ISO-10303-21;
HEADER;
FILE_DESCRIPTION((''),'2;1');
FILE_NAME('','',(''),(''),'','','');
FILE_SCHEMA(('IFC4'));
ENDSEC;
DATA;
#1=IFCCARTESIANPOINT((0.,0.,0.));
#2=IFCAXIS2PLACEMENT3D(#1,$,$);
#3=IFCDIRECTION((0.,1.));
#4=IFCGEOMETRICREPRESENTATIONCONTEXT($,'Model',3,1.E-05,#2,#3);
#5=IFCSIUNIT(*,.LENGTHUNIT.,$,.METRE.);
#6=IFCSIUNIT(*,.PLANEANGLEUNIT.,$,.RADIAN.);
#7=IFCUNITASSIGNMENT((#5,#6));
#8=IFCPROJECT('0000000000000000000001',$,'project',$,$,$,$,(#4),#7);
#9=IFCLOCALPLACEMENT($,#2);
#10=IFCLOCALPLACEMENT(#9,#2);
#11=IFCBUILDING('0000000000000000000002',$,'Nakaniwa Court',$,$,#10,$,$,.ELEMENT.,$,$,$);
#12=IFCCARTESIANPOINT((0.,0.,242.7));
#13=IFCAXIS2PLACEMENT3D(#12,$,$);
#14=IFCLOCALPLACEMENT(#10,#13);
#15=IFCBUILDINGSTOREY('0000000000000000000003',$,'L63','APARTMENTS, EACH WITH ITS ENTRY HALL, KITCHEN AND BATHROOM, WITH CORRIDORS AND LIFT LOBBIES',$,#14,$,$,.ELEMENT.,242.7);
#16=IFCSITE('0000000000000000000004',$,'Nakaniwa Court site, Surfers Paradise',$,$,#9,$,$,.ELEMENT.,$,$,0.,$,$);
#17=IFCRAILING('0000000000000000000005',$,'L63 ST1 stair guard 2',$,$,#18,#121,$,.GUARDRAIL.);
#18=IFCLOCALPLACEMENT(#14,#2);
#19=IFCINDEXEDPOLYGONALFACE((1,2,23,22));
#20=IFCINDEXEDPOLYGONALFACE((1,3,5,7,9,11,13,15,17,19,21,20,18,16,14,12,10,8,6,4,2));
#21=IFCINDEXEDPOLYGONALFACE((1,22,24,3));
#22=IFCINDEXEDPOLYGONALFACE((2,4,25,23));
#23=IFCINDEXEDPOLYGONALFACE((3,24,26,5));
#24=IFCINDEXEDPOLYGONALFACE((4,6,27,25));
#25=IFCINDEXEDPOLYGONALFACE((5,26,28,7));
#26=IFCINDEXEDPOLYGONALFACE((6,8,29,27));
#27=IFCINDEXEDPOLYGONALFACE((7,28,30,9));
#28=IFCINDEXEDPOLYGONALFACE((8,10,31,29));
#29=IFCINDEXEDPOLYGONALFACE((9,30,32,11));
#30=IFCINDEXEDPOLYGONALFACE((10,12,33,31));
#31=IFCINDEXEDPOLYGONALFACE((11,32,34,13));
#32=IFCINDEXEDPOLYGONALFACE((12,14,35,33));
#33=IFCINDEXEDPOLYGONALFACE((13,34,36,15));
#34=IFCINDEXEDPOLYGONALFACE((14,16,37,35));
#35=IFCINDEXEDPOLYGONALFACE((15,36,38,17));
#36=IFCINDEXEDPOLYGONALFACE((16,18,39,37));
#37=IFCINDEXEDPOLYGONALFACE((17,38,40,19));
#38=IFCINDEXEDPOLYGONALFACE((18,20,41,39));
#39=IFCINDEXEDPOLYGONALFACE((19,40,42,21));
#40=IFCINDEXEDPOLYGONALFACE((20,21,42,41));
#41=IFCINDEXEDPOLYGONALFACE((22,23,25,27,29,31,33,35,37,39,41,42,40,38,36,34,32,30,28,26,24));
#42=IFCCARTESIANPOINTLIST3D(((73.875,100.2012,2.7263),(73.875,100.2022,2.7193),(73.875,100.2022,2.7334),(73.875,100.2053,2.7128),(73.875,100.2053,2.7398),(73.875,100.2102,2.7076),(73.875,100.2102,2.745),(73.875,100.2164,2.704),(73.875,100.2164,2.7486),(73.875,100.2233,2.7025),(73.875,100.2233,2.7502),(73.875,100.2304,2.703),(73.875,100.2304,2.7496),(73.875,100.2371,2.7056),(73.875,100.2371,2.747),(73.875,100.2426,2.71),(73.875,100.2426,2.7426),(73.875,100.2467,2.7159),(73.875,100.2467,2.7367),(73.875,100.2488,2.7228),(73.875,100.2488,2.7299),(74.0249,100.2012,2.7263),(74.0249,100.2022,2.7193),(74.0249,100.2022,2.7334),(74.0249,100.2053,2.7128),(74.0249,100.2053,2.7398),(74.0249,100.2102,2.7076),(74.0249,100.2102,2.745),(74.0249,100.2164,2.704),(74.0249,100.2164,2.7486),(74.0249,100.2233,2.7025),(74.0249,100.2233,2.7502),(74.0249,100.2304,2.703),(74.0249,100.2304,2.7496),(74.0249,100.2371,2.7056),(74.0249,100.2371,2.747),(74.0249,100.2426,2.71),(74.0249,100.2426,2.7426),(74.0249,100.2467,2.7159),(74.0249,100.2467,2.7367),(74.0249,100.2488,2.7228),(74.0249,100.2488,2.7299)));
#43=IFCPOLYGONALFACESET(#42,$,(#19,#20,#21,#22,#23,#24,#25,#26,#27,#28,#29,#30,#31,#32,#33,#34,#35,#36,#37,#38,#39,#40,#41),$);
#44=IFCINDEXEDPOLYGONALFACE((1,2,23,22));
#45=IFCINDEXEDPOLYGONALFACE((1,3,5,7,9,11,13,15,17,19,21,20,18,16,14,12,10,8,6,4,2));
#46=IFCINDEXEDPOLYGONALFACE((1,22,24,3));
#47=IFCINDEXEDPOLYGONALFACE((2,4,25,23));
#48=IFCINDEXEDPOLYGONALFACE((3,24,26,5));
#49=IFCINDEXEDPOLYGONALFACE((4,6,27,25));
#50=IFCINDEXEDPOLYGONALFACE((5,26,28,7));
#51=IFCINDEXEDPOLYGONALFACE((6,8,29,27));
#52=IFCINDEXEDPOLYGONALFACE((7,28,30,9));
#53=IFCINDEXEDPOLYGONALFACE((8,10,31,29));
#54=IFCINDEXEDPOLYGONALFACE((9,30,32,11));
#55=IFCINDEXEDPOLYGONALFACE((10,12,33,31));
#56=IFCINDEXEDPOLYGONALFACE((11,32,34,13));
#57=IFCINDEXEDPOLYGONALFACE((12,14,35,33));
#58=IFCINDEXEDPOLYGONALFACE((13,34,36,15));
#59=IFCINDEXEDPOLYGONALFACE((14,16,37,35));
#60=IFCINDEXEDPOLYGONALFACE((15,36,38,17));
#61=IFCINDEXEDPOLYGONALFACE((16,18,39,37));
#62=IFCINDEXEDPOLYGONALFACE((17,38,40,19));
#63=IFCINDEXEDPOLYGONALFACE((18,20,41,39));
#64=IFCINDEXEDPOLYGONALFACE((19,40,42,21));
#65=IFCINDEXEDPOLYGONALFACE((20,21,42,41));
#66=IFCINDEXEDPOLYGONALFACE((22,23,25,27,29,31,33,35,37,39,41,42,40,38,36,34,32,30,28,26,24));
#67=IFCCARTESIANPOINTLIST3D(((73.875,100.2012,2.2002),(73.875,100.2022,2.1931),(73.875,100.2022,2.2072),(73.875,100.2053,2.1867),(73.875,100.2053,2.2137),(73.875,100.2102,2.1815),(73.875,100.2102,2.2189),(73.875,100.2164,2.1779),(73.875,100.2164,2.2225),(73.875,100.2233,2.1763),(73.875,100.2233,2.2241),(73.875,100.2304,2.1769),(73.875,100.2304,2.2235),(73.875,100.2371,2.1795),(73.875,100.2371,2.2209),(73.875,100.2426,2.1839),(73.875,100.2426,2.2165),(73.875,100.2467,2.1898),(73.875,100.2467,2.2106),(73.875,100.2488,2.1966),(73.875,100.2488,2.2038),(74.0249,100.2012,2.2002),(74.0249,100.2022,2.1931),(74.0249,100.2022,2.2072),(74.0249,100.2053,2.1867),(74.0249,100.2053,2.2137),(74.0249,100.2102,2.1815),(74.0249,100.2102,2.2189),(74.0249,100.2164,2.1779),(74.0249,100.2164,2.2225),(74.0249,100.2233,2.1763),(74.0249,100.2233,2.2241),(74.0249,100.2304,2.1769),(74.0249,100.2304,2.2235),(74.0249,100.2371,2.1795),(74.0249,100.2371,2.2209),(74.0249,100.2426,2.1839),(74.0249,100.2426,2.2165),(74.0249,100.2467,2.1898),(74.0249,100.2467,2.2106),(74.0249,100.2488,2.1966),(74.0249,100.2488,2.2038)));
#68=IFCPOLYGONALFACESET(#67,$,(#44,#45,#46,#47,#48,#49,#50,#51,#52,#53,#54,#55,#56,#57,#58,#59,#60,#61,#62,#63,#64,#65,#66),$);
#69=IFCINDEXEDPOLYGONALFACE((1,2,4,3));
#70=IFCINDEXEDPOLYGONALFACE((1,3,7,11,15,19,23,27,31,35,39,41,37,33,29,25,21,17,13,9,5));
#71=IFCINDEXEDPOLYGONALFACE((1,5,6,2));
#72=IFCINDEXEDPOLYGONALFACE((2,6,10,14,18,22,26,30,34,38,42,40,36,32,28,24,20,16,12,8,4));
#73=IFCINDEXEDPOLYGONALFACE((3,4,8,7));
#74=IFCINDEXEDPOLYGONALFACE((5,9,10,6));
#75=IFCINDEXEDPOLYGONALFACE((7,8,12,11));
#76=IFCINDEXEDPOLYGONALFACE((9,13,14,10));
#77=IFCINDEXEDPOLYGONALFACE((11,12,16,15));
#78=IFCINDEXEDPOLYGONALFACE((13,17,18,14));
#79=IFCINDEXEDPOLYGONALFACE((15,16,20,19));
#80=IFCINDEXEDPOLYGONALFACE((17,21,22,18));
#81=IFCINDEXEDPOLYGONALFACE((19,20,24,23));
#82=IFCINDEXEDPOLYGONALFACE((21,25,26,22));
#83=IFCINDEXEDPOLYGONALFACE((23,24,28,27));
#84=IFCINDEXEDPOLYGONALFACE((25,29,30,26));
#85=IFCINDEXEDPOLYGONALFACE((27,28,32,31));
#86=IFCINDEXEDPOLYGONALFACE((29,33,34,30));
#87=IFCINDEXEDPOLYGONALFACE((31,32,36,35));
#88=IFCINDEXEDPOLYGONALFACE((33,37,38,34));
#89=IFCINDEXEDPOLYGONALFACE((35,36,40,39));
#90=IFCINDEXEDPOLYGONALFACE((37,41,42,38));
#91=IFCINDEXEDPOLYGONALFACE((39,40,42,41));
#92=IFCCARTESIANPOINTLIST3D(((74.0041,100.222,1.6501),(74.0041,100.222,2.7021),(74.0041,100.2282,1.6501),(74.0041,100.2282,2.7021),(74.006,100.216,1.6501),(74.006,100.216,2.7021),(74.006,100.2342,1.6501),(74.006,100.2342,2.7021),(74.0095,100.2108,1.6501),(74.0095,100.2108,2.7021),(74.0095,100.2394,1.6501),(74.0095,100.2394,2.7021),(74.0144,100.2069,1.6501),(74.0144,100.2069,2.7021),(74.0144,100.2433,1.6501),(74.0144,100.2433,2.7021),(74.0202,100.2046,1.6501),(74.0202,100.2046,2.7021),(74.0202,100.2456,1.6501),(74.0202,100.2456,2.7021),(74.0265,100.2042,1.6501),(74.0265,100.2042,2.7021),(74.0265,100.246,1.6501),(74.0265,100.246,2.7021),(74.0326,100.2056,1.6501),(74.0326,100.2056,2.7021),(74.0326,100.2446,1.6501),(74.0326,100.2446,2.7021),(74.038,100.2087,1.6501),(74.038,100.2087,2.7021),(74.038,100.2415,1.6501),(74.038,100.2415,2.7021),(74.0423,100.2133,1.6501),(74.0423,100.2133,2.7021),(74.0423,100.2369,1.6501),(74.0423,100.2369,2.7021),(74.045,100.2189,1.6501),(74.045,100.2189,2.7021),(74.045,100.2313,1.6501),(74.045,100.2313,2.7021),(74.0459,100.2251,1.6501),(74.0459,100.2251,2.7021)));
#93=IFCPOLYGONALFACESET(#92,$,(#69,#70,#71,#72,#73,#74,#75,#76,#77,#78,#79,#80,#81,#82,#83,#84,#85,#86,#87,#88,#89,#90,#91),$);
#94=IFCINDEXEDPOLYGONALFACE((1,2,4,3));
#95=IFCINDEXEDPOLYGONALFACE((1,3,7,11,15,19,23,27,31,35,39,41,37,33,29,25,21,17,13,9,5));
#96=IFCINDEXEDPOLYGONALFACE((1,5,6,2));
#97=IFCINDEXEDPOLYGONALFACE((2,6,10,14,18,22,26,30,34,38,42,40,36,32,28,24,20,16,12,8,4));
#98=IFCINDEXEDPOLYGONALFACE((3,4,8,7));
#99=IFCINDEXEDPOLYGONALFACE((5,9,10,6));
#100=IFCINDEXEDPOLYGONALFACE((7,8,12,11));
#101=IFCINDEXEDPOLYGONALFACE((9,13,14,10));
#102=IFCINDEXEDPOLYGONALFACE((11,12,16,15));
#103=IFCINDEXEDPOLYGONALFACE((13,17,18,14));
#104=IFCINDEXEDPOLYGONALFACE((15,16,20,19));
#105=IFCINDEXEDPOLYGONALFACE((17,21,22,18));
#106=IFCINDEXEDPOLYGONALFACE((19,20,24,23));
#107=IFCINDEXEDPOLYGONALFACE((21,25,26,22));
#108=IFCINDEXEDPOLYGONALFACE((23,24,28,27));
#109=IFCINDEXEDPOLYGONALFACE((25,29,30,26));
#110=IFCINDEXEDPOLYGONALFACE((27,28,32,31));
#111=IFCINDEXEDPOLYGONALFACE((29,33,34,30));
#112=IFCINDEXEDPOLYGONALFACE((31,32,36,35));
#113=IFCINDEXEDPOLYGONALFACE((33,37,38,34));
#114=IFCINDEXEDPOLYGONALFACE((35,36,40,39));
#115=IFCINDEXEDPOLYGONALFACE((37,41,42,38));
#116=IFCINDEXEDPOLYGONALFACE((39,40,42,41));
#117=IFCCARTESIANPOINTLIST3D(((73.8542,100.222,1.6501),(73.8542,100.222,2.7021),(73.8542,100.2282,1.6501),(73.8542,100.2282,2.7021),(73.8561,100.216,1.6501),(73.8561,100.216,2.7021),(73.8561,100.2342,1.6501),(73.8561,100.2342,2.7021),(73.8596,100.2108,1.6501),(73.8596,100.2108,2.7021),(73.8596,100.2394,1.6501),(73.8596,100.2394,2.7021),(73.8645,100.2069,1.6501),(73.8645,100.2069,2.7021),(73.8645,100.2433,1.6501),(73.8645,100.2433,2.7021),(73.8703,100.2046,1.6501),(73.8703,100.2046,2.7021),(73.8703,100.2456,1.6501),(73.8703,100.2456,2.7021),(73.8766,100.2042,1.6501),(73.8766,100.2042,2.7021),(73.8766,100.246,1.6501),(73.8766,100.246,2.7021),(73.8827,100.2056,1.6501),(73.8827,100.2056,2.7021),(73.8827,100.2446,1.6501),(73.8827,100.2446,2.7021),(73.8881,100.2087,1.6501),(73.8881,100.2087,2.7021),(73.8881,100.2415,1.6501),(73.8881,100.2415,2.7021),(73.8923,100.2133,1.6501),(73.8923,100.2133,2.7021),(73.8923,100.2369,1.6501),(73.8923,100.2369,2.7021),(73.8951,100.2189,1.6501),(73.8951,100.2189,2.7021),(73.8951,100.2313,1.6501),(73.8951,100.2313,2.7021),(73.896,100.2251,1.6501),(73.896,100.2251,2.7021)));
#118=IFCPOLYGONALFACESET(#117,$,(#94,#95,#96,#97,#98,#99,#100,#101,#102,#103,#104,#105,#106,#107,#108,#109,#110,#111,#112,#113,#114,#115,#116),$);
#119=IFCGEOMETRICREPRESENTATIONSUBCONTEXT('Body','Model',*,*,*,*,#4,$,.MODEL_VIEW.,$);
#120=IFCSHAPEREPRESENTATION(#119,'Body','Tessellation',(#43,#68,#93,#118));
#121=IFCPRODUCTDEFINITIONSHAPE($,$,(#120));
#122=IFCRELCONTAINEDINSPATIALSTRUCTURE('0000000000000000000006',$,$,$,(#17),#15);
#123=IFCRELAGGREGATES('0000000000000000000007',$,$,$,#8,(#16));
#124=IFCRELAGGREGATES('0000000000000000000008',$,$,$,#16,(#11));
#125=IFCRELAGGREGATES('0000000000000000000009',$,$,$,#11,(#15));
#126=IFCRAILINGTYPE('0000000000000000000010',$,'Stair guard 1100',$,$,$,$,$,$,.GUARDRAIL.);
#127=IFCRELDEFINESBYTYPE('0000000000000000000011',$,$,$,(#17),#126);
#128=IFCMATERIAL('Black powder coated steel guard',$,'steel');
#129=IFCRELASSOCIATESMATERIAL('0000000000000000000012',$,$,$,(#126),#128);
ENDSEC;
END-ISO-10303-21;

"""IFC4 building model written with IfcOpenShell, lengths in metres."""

from ifc_helpers import new_model, si_unit, direction, frame, origin, origin_2d, place, context, subcontext, project, spatial, circle, extrude, material, type_object, element, save


model = new_model("IFC4")

# Units and contexts
model_context = context("Model", 3, precision=1e-05, world=origin(), true_north=direction((0.0, 1.0)))
body_context = subcontext(model_context, "Body", "Model", "MODEL_VIEW")
ifc_project = project(units=[si_unit("LENGTHUNIT", "METRE"), si_unit("PLANEANGLEUNIT", "RADIAN")], contexts=[model_context])

# Site, building, storey
site_placement = place(None, origin())
site = spatial("IfcSite", under=ifc_project, at=site_placement, Name="Nakaniwa Court site, Surfers Paradise", CompositionType="ELEMENT", RefElevation=0.0)
building_placement = place(site_placement, origin())
building = spatial("IfcBuilding", under=site, at=building_placement, Name="Nakaniwa Court", CompositionType="ELEMENT")
storey_placement = place(building_placement, frame((0.0, 0.0, 242.7)))
storey = spatial("IfcBuildingStorey", under=building, at=storey_placement, Name="L63", Description="APARTMENTS, EACH WITH ITS ENTRY HALL, KITCHEN AND BATHROOM, WITH CORRIDORS AND LIFT LOBBIES", CompositionType="ELEMENT", Elevation=242.7)

# Railing
ifc_material_1 = material(Name="Black powder coated steel guard", Category="steel")
railing_type_1 = type_object("IfcRailingType", Name="Stair guard 1100", PredefinedType="GUARDRAIL", material=ifc_material_1)
railing_1_placement = place(storey_placement, frame((74.0249, 100.2251, 1.6501)))
element("IfcRailing", 1, at=railing_1_placement, inside=storey, type_object=railing_type_1, Name="L63 ST1 stair guard 2", PredefinedType="GUARDRAIL", context=body_context, shape_type="SweptSolid", body=[
    extrude(circle(Radius=0.0239, at=origin_2d()), frame((0.0, 0.0, 1.0762), z_axis=(-1.0, 0.0, 0.0), x_axis=(0.0, -1.0, 0.0)), (0.0, 0.0, 1.0), 0.1499),
    extrude(circle(Radius=0.0239, at=origin_2d()), frame((0.0, 0.0, 0.55), z_axis=(-1.0, 0.0, 0.0), x_axis=(0.0, -1.0, 0.0)), (0.0, 0.0, 1.0), 0.1499),
    extrude(circle(Radius=0.021, at=origin_2d()), origin(), (0.0, 0.0, 1.0), 1.052),
    extrude(circle(Radius=0.021, at=origin_2d()), frame((-0.1499, 0.0, 0.0)), (0.0, 0.0, 1.0), 1.052),
])

save(model, "model.ifc")
